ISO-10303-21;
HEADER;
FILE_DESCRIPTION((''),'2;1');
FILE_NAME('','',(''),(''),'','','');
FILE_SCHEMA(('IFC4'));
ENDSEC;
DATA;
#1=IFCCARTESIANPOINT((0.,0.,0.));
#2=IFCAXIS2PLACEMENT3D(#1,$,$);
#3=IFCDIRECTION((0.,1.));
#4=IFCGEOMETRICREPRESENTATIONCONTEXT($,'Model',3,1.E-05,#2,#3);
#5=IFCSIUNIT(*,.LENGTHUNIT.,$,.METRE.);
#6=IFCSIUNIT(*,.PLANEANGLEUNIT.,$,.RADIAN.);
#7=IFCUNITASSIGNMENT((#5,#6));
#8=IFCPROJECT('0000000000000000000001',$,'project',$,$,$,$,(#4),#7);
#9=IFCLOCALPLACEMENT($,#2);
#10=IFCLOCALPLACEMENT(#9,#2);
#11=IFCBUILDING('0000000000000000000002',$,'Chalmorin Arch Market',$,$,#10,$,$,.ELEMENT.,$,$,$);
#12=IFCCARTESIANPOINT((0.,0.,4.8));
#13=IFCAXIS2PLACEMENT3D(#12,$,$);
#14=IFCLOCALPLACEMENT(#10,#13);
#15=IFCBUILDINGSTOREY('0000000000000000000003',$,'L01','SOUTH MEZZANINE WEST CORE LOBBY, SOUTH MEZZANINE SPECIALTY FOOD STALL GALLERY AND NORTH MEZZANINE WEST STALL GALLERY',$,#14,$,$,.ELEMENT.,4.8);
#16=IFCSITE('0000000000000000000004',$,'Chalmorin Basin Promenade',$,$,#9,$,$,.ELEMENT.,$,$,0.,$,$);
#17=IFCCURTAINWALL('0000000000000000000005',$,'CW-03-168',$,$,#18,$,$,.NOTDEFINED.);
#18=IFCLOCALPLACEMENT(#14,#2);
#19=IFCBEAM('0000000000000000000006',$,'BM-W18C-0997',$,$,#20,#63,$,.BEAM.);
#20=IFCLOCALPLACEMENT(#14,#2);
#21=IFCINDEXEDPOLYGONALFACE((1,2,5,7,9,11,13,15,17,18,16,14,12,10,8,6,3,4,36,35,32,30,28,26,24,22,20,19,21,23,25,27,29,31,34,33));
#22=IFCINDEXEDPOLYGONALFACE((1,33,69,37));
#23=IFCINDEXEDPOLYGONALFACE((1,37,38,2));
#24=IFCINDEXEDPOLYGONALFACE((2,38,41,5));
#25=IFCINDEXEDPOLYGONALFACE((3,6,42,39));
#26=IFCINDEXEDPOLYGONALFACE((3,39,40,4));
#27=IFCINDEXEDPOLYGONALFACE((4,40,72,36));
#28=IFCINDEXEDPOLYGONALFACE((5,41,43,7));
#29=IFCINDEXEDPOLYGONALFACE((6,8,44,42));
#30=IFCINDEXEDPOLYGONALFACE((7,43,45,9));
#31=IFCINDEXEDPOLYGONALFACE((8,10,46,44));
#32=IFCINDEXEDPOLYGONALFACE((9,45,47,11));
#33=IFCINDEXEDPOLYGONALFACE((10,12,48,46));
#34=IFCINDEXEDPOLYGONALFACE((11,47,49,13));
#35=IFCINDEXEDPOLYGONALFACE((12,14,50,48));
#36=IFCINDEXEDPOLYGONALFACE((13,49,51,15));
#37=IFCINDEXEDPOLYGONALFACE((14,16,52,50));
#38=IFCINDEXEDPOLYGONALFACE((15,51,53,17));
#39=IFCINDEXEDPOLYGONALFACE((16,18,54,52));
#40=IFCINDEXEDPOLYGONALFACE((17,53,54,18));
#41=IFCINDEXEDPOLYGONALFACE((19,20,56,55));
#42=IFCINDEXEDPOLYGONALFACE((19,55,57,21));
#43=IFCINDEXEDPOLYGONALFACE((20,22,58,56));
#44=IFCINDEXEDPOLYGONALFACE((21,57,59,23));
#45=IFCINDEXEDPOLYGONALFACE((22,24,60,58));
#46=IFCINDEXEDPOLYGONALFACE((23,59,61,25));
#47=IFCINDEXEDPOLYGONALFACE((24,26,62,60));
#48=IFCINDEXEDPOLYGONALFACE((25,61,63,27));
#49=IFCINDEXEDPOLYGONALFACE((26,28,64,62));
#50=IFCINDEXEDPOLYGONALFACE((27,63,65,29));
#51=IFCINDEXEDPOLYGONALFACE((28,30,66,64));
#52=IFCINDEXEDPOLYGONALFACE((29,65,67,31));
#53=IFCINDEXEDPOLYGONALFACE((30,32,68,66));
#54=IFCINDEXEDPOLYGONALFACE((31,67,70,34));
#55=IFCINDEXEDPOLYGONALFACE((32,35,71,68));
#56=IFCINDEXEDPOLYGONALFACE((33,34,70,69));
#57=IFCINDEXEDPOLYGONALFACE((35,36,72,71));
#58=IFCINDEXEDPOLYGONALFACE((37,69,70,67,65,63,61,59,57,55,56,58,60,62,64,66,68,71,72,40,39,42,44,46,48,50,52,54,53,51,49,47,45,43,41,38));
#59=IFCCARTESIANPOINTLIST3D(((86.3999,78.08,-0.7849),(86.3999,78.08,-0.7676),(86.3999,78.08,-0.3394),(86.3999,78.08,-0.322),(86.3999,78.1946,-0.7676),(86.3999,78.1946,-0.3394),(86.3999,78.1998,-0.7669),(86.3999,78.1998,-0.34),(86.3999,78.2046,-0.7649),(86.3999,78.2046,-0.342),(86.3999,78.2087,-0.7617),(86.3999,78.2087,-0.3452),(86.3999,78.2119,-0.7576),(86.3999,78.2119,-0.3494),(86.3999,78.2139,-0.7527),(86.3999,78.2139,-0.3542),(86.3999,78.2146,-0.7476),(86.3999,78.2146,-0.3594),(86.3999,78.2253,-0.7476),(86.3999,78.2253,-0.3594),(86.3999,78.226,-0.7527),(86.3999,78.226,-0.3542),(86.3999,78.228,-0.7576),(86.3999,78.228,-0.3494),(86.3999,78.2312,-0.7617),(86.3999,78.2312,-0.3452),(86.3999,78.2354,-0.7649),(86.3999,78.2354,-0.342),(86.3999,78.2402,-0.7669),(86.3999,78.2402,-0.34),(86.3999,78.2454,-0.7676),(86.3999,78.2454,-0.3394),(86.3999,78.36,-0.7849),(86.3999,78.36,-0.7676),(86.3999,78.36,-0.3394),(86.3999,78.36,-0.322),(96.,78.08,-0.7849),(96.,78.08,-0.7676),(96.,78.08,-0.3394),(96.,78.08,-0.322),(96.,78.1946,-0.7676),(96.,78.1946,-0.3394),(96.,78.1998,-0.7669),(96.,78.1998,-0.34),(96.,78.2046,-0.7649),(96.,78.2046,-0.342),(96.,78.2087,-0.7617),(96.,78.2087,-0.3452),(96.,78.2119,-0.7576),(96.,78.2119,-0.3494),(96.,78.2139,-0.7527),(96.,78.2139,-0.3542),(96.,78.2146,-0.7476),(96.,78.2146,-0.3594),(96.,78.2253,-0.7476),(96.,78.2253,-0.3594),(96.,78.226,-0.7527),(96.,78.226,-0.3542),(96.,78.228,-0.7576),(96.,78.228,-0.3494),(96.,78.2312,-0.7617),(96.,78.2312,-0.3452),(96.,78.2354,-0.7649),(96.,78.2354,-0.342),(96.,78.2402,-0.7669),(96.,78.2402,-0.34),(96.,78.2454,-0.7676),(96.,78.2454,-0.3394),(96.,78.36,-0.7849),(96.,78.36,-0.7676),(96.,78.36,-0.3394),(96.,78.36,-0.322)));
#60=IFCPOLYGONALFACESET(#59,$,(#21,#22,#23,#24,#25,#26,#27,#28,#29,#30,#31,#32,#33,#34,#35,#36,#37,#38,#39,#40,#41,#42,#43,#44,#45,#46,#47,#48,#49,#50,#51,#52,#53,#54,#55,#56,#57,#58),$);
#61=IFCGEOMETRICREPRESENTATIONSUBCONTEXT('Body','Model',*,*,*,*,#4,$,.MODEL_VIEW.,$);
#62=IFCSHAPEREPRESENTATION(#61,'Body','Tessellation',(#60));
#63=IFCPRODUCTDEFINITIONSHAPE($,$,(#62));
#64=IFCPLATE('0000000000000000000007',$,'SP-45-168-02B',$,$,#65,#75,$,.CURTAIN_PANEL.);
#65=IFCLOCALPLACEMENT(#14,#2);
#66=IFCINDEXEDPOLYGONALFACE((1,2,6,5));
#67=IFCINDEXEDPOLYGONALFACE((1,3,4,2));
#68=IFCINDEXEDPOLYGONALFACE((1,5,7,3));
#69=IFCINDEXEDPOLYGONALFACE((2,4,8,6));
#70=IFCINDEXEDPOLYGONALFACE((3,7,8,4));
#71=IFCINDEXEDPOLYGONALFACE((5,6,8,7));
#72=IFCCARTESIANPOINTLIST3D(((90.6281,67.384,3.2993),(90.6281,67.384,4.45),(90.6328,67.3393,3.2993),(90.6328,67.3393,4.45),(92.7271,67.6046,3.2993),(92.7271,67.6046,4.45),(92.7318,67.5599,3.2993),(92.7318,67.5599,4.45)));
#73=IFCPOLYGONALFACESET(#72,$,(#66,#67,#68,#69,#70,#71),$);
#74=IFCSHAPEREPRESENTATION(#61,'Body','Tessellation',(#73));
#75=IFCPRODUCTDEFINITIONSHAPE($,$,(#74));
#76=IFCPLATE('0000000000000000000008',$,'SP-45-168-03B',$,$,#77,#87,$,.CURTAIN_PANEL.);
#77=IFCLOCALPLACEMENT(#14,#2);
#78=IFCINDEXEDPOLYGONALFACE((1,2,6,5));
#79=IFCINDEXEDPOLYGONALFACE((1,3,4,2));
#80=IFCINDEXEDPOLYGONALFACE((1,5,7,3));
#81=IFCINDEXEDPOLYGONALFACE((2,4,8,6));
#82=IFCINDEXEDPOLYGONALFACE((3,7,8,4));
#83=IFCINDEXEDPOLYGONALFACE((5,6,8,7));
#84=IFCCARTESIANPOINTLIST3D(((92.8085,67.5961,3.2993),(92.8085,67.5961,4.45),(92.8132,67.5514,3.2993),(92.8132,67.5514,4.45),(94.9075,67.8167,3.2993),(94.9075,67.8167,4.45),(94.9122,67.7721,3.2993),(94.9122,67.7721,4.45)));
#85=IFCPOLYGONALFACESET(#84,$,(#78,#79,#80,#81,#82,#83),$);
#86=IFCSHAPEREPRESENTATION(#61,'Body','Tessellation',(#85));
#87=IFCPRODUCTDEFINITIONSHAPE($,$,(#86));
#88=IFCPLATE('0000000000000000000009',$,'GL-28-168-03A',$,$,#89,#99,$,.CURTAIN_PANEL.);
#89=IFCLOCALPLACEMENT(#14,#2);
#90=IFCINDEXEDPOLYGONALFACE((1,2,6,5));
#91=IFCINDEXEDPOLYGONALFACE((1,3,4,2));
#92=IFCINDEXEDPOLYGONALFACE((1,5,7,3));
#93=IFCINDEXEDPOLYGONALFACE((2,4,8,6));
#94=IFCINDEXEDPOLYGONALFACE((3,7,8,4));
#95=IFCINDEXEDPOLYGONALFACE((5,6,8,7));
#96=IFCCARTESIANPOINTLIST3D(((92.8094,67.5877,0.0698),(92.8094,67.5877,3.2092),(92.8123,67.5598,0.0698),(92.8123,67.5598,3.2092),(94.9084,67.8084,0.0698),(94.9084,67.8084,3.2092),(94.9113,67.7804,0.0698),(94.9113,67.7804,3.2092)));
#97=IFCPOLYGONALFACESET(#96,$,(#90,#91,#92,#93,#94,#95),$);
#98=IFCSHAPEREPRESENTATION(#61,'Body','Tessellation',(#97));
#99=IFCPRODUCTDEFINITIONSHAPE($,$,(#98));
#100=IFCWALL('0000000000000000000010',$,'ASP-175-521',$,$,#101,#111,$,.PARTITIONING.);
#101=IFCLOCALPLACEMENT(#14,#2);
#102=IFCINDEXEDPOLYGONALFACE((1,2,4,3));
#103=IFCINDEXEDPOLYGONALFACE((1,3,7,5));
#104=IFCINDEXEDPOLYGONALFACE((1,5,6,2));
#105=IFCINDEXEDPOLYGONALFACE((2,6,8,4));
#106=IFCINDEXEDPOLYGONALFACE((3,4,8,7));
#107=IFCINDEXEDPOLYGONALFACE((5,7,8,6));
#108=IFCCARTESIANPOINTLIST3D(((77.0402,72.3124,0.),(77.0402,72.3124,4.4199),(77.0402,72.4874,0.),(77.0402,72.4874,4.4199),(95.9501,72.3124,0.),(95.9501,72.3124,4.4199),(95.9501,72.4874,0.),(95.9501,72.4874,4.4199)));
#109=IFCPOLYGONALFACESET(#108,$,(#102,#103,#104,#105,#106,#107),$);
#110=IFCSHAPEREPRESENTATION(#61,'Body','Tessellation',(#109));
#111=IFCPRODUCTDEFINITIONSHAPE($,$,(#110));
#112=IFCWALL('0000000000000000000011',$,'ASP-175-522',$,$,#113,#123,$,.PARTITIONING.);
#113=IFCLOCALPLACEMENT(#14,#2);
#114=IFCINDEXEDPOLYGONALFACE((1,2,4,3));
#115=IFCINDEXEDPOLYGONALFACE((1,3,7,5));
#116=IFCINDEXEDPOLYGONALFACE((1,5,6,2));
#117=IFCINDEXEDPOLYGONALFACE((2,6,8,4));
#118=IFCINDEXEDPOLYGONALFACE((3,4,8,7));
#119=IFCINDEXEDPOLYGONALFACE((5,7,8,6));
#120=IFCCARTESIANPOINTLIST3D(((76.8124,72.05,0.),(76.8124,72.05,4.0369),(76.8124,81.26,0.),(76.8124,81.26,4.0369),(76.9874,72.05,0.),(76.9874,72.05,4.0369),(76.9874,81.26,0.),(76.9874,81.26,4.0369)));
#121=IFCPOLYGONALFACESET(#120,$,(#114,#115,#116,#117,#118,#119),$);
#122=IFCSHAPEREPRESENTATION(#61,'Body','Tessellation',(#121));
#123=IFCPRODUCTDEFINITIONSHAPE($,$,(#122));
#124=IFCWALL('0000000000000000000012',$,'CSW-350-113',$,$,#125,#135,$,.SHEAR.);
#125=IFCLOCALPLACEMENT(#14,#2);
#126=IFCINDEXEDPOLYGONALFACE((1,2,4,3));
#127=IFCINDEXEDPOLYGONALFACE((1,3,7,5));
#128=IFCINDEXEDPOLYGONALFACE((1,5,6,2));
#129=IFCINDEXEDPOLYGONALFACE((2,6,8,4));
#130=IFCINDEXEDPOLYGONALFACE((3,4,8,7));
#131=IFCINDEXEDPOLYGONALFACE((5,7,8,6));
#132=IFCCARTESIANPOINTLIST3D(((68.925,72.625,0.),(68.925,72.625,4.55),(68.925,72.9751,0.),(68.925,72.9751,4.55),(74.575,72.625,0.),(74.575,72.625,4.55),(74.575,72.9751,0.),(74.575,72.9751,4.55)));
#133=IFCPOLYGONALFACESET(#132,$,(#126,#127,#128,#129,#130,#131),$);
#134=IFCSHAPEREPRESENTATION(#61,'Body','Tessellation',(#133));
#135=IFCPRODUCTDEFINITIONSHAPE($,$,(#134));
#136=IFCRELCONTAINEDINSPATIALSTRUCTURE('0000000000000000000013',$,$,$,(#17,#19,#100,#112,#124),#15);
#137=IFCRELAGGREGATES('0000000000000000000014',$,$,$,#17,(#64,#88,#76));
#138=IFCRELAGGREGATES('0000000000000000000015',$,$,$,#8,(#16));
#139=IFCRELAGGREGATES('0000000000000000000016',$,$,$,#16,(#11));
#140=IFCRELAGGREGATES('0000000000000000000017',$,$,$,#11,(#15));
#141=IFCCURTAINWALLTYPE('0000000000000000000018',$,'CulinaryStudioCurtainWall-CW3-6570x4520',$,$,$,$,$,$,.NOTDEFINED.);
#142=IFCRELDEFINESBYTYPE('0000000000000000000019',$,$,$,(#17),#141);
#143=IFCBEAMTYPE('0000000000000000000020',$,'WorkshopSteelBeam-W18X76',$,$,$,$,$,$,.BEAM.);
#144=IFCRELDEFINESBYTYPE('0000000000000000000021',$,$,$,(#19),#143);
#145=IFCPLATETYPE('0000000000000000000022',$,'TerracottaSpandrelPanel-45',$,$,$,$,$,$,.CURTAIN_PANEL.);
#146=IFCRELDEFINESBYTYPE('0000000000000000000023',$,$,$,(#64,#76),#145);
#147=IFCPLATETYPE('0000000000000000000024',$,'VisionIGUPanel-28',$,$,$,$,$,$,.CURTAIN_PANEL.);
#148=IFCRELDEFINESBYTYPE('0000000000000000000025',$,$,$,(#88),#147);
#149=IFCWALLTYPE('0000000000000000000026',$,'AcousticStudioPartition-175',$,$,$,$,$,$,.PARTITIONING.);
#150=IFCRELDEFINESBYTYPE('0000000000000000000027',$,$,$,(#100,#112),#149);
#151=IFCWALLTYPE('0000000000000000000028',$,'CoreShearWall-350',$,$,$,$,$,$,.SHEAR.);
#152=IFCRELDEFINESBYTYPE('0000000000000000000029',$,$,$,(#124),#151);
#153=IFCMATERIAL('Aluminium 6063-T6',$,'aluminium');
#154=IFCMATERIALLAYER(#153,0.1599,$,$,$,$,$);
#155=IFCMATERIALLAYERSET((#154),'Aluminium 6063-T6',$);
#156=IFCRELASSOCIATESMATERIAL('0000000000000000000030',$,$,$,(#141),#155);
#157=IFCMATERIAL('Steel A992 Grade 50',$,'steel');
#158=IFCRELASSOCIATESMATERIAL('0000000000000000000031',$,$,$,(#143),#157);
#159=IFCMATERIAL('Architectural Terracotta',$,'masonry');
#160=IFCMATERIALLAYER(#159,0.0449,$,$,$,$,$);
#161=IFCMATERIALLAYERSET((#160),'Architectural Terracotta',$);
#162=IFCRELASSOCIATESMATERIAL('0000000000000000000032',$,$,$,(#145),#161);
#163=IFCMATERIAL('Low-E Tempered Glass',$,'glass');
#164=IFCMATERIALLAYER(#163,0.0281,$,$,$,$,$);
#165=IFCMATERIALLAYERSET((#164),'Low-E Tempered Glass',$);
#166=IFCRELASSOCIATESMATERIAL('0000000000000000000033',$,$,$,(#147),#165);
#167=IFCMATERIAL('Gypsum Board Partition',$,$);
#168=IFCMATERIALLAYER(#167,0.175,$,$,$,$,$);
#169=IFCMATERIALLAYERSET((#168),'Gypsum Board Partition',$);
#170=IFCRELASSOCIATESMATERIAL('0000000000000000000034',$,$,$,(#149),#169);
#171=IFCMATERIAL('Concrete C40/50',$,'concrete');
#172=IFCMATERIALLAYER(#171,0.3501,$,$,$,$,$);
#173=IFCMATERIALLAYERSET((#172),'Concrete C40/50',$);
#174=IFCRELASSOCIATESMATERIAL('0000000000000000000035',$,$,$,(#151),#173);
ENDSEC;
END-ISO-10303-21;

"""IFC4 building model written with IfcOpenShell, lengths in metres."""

from ifc_helpers import new_model, si_unit, direction, frame, frame_2d, origin, origin_2d, place, context, subcontext, project, spatial, rectangle, i_section, extrude, material, layer, layer_set, material_profile, profile_set, type_object, element, aggregate, save


model = new_model("IFC4")

# Units and contexts
model_context = context("Model", 3, precision=1e-05, world=origin(), true_north=direction((0.0, 1.0)))
body_context = subcontext(model_context, "Body", "Model", "MODEL_VIEW")
ifc_project = project(units=[si_unit("LENGTHUNIT", "METRE"), si_unit("PLANEANGLEUNIT", "RADIAN")], contexts=[model_context])

# Site, building, storey
site_placement = place(None, origin())
site = spatial("IfcSite", under=ifc_project, at=site_placement, Name="Chalmorin Basin Promenade", CompositionType="ELEMENT", RefElevation=0.0)
building_placement = place(site_placement, origin())
building = spatial("IfcBuilding", under=site, at=building_placement, Name="Chalmorin Arch Market", CompositionType="ELEMENT")
storey_placement = place(building_placement, frame((0.0, 0.0, 4.8)))
storey = spatial("IfcBuildingStorey", under=building, at=storey_placement, Name="L01", Description="SOUTH MEZZANINE WEST CORE LOBBY, SOUTH MEZZANINE SPECIALTY FOOD STALL GALLERY AND NORTH MEZZANINE WEST STALL GALLERY", CompositionType="ELEMENT", Elevation=4.8)

# Shared definitions
ifc_material_1 = material(Name="Concrete C40/50", Category="concrete")

# Curtain wall
ifc_material_2 = material(Name="Aluminium 6063-T6", Category="aluminium")
ifc_layer_1 = layer(ifc_material_2, 0.1599)
ifc_layer_set_1 = layer_set([ifc_layer_1], Name="Aluminium 6063-T6")
curtain_wall_type = type_object("IfcCurtainWallType", Name="CulinaryStudioCurtainWall-CW3-6570x4520", PredefinedType="NOTDEFINED", material=ifc_layer_set_1)
curtain_wall_placement = place(storey_placement, origin())
curtain_wall = element("IfcCurtainWall", 1, at=curtain_wall_placement, inside=storey, type_object=curtain_wall_type, Name="CW-03-168", PredefinedType="NOTDEFINED")

# Beam
ifc_material_3 = material(Name="Steel A992 Grade 50", Category="steel")
ifc_material_profile_1 = material_profile(ifc_material_3, i_section(OverallWidth=0.28, OverallDepth=0.4629, WebThickness=0.0107, FlangeThickness=0.0173, FilletRadius=0.02, at=origin_2d()), Name="W18X76")
ifc_profile_set_1 = profile_set([ifc_material_profile_1], Name="Steel A992 Grade 50")
beam_type_1 = type_object("IfcBeamType", Name="WorkshopSteelBeam-W18X76", PredefinedType="BEAM", material=ifc_profile_set_1)
for number, where, z_axis, x_axis, name in (
    (2, (86.3999, 78.22, -0.5535), (1.0, 0.0, 0.0), (0.0, 1.0, 0.0), "BM-W18C-0997"),
):
    element("IfcBeam", number, at=place(storey_placement, frame(where, z_axis=z_axis, x_axis=x_axis)), inside=storey, type_object=beam_type_1, Name=name, PredefinedType="BEAM", context=body_context, shape_type="SweptSolid", body=[
        extrude(i_section(OverallWidth=0.28, OverallDepth=0.4629, WebThickness=0.0107, FlangeThickness=0.0173, FilletRadius=0.02, at=origin_2d()), origin(), (0.0, 0.0, 1.0), 9.6001),
    ])

# Plates
ifc_material_4 = material(Name="Architectural Terracotta", Category="masonry")
ifc_layer_2 = layer(ifc_material_4, 0.0449)
ifc_layer_set_2 = layer_set([ifc_layer_2], Name="Architectural Terracotta")
plate_type_1 = type_object("IfcPlateType", Name="TerracottaSpandrelPanel-45", PredefinedType="CURTAIN_PANEL", material=ifc_layer_set_2)
plate_1_placement = place(storey_placement, frame((91.6799, 67.4719, 3.2993), z_axis=(0.0, 0.0, 1.0), x_axis=(0.994522, 0.104528, 0.0)))
plate_1 = element("IfcPlate", 3, at=plate_1_placement, type_object=plate_type_1, Name="SP-45-168-02B", PredefinedType="CURTAIN_PANEL", context=body_context, shape_type="SweptSolid", body=[
    extrude(rectangle(XDim=2.1106, YDim=0.0449, at=origin_2d()), origin(), (0.0, 0.0, 1.0), 1.1506),
])
plate_2_placement = place(storey_placement, frame((93.8604, 67.6841, 3.2993), z_axis=(0.0, 0.0, 1.0), x_axis=(0.994522, 0.104528, 0.0)))
plate_2 = element("IfcPlate", 4, at=plate_2_placement, type_object=plate_type_1, Name="SP-45-168-03B", PredefinedType="CURTAIN_PANEL", context=body_context, shape_type="SweptSolid", body=[
    extrude(rectangle(XDim=2.1106, YDim=0.0449, at=origin_2d()), origin(), (0.0, 0.0, 1.0), 1.1506),
])
ifc_material_5 = material(Name="Low-E Tempered Glass", Category="glass")
ifc_layer_3 = layer(ifc_material_5, 0.0281)
ifc_layer_set_3 = layer_set([ifc_layer_3], Name="Low-E Tempered Glass")
plate_type_2 = type_object("IfcPlateType", Name="VisionIGUPanel-28", PredefinedType="CURTAIN_PANEL", material=ifc_layer_set_3)
plate_3_placement = place(storey_placement, frame((93.8604, 67.6841, 0.0698), z_axis=(0.0, 0.0, 1.0), x_axis=(0.994522, 0.104528, 0.0)))
plate_3 = element("IfcPlate", 5, at=plate_3_placement, type_object=plate_type_2, Name="GL-28-168-03A", PredefinedType="CURTAIN_PANEL", context=body_context, shape_type="SweptSolid", body=[
    extrude(rectangle(XDim=2.1106, YDim=0.0281, at=origin_2d()), origin(), (0.0, 0.0, 1.0), 3.1394),
])
aggregate(curtain_wall, [plate_1, plate_3, plate_2])

# Walls
ifc_material_6 = material(Name="Gypsum Board Partition")
ifc_layer_4 = layer(ifc_material_6, 0.175)
ifc_layer_set_4 = layer_set([ifc_layer_4], Name="Gypsum Board Partition")
wall_type_1 = type_object("IfcWallType", Name="AcousticStudioPartition-175", PredefinedType="PARTITIONING", material=ifc_layer_set_4)
wall_1_placement = place(storey_placement, frame((77.04, 72.3999, 0.0), z_axis=(0.0, 0.0, 1.0), x_axis=(1.0, 0.0, 0.0)))
element("IfcWall", 6, at=wall_1_placement, inside=storey, type_object=wall_type_1, Name="ASP-175-521", PredefinedType="PARTITIONING", context=body_context, shape_type="SweptSolid", body=[
    extrude(rectangle(XDim=18.9099, YDim=0.175, at=frame_2d((9.4551, 0.0))), origin(), (0.0, 0.0, 1.0), 4.4199),
])
wall_2_placement = place(storey_placement, frame((76.8999, 72.05, 0.0), z_axis=(0.0, 0.0, 1.0), x_axis=(0.0, 1.0, 0.0)))
element("IfcWall", 7, at=wall_2_placement, inside=storey, type_object=wall_type_1, Name="ASP-175-522", PredefinedType="PARTITIONING", context=body_context, shape_type="SweptSolid", body=[
    extrude(rectangle(XDim=9.21, YDim=0.175, at=frame_2d((4.605, 0.0))), origin(), (0.0, 0.0, 1.0), 4.0369),
])
ifc_layer_5 = layer(ifc_material_1, 0.3501)
ifc_layer_set_5 = layer_set([ifc_layer_5], Name="Concrete C40/50")
wall_type_2 = type_object("IfcWallType", Name="CoreShearWall-350", PredefinedType="SHEAR", material=ifc_layer_set_5)
wall_3_placement = place(storey_placement, frame((74.575, 72.8, 0.0), z_axis=(0.0, 0.0, 1.0), x_axis=(-1.0, 0.0, 0.0)))
element("IfcWall", 8, at=wall_3_placement, inside=storey, type_object=wall_type_2, Name="CSW-350-113", PredefinedType="SHEAR", context=body_context, shape_type="SweptSolid", body=[
    extrude(rectangle(XDim=5.6499, YDim=0.3501, at=frame_2d((2.825, 0.0))), origin(), (0.0, 0.0, 1.0), 4.55),
])

save(model, "model.ifc")
